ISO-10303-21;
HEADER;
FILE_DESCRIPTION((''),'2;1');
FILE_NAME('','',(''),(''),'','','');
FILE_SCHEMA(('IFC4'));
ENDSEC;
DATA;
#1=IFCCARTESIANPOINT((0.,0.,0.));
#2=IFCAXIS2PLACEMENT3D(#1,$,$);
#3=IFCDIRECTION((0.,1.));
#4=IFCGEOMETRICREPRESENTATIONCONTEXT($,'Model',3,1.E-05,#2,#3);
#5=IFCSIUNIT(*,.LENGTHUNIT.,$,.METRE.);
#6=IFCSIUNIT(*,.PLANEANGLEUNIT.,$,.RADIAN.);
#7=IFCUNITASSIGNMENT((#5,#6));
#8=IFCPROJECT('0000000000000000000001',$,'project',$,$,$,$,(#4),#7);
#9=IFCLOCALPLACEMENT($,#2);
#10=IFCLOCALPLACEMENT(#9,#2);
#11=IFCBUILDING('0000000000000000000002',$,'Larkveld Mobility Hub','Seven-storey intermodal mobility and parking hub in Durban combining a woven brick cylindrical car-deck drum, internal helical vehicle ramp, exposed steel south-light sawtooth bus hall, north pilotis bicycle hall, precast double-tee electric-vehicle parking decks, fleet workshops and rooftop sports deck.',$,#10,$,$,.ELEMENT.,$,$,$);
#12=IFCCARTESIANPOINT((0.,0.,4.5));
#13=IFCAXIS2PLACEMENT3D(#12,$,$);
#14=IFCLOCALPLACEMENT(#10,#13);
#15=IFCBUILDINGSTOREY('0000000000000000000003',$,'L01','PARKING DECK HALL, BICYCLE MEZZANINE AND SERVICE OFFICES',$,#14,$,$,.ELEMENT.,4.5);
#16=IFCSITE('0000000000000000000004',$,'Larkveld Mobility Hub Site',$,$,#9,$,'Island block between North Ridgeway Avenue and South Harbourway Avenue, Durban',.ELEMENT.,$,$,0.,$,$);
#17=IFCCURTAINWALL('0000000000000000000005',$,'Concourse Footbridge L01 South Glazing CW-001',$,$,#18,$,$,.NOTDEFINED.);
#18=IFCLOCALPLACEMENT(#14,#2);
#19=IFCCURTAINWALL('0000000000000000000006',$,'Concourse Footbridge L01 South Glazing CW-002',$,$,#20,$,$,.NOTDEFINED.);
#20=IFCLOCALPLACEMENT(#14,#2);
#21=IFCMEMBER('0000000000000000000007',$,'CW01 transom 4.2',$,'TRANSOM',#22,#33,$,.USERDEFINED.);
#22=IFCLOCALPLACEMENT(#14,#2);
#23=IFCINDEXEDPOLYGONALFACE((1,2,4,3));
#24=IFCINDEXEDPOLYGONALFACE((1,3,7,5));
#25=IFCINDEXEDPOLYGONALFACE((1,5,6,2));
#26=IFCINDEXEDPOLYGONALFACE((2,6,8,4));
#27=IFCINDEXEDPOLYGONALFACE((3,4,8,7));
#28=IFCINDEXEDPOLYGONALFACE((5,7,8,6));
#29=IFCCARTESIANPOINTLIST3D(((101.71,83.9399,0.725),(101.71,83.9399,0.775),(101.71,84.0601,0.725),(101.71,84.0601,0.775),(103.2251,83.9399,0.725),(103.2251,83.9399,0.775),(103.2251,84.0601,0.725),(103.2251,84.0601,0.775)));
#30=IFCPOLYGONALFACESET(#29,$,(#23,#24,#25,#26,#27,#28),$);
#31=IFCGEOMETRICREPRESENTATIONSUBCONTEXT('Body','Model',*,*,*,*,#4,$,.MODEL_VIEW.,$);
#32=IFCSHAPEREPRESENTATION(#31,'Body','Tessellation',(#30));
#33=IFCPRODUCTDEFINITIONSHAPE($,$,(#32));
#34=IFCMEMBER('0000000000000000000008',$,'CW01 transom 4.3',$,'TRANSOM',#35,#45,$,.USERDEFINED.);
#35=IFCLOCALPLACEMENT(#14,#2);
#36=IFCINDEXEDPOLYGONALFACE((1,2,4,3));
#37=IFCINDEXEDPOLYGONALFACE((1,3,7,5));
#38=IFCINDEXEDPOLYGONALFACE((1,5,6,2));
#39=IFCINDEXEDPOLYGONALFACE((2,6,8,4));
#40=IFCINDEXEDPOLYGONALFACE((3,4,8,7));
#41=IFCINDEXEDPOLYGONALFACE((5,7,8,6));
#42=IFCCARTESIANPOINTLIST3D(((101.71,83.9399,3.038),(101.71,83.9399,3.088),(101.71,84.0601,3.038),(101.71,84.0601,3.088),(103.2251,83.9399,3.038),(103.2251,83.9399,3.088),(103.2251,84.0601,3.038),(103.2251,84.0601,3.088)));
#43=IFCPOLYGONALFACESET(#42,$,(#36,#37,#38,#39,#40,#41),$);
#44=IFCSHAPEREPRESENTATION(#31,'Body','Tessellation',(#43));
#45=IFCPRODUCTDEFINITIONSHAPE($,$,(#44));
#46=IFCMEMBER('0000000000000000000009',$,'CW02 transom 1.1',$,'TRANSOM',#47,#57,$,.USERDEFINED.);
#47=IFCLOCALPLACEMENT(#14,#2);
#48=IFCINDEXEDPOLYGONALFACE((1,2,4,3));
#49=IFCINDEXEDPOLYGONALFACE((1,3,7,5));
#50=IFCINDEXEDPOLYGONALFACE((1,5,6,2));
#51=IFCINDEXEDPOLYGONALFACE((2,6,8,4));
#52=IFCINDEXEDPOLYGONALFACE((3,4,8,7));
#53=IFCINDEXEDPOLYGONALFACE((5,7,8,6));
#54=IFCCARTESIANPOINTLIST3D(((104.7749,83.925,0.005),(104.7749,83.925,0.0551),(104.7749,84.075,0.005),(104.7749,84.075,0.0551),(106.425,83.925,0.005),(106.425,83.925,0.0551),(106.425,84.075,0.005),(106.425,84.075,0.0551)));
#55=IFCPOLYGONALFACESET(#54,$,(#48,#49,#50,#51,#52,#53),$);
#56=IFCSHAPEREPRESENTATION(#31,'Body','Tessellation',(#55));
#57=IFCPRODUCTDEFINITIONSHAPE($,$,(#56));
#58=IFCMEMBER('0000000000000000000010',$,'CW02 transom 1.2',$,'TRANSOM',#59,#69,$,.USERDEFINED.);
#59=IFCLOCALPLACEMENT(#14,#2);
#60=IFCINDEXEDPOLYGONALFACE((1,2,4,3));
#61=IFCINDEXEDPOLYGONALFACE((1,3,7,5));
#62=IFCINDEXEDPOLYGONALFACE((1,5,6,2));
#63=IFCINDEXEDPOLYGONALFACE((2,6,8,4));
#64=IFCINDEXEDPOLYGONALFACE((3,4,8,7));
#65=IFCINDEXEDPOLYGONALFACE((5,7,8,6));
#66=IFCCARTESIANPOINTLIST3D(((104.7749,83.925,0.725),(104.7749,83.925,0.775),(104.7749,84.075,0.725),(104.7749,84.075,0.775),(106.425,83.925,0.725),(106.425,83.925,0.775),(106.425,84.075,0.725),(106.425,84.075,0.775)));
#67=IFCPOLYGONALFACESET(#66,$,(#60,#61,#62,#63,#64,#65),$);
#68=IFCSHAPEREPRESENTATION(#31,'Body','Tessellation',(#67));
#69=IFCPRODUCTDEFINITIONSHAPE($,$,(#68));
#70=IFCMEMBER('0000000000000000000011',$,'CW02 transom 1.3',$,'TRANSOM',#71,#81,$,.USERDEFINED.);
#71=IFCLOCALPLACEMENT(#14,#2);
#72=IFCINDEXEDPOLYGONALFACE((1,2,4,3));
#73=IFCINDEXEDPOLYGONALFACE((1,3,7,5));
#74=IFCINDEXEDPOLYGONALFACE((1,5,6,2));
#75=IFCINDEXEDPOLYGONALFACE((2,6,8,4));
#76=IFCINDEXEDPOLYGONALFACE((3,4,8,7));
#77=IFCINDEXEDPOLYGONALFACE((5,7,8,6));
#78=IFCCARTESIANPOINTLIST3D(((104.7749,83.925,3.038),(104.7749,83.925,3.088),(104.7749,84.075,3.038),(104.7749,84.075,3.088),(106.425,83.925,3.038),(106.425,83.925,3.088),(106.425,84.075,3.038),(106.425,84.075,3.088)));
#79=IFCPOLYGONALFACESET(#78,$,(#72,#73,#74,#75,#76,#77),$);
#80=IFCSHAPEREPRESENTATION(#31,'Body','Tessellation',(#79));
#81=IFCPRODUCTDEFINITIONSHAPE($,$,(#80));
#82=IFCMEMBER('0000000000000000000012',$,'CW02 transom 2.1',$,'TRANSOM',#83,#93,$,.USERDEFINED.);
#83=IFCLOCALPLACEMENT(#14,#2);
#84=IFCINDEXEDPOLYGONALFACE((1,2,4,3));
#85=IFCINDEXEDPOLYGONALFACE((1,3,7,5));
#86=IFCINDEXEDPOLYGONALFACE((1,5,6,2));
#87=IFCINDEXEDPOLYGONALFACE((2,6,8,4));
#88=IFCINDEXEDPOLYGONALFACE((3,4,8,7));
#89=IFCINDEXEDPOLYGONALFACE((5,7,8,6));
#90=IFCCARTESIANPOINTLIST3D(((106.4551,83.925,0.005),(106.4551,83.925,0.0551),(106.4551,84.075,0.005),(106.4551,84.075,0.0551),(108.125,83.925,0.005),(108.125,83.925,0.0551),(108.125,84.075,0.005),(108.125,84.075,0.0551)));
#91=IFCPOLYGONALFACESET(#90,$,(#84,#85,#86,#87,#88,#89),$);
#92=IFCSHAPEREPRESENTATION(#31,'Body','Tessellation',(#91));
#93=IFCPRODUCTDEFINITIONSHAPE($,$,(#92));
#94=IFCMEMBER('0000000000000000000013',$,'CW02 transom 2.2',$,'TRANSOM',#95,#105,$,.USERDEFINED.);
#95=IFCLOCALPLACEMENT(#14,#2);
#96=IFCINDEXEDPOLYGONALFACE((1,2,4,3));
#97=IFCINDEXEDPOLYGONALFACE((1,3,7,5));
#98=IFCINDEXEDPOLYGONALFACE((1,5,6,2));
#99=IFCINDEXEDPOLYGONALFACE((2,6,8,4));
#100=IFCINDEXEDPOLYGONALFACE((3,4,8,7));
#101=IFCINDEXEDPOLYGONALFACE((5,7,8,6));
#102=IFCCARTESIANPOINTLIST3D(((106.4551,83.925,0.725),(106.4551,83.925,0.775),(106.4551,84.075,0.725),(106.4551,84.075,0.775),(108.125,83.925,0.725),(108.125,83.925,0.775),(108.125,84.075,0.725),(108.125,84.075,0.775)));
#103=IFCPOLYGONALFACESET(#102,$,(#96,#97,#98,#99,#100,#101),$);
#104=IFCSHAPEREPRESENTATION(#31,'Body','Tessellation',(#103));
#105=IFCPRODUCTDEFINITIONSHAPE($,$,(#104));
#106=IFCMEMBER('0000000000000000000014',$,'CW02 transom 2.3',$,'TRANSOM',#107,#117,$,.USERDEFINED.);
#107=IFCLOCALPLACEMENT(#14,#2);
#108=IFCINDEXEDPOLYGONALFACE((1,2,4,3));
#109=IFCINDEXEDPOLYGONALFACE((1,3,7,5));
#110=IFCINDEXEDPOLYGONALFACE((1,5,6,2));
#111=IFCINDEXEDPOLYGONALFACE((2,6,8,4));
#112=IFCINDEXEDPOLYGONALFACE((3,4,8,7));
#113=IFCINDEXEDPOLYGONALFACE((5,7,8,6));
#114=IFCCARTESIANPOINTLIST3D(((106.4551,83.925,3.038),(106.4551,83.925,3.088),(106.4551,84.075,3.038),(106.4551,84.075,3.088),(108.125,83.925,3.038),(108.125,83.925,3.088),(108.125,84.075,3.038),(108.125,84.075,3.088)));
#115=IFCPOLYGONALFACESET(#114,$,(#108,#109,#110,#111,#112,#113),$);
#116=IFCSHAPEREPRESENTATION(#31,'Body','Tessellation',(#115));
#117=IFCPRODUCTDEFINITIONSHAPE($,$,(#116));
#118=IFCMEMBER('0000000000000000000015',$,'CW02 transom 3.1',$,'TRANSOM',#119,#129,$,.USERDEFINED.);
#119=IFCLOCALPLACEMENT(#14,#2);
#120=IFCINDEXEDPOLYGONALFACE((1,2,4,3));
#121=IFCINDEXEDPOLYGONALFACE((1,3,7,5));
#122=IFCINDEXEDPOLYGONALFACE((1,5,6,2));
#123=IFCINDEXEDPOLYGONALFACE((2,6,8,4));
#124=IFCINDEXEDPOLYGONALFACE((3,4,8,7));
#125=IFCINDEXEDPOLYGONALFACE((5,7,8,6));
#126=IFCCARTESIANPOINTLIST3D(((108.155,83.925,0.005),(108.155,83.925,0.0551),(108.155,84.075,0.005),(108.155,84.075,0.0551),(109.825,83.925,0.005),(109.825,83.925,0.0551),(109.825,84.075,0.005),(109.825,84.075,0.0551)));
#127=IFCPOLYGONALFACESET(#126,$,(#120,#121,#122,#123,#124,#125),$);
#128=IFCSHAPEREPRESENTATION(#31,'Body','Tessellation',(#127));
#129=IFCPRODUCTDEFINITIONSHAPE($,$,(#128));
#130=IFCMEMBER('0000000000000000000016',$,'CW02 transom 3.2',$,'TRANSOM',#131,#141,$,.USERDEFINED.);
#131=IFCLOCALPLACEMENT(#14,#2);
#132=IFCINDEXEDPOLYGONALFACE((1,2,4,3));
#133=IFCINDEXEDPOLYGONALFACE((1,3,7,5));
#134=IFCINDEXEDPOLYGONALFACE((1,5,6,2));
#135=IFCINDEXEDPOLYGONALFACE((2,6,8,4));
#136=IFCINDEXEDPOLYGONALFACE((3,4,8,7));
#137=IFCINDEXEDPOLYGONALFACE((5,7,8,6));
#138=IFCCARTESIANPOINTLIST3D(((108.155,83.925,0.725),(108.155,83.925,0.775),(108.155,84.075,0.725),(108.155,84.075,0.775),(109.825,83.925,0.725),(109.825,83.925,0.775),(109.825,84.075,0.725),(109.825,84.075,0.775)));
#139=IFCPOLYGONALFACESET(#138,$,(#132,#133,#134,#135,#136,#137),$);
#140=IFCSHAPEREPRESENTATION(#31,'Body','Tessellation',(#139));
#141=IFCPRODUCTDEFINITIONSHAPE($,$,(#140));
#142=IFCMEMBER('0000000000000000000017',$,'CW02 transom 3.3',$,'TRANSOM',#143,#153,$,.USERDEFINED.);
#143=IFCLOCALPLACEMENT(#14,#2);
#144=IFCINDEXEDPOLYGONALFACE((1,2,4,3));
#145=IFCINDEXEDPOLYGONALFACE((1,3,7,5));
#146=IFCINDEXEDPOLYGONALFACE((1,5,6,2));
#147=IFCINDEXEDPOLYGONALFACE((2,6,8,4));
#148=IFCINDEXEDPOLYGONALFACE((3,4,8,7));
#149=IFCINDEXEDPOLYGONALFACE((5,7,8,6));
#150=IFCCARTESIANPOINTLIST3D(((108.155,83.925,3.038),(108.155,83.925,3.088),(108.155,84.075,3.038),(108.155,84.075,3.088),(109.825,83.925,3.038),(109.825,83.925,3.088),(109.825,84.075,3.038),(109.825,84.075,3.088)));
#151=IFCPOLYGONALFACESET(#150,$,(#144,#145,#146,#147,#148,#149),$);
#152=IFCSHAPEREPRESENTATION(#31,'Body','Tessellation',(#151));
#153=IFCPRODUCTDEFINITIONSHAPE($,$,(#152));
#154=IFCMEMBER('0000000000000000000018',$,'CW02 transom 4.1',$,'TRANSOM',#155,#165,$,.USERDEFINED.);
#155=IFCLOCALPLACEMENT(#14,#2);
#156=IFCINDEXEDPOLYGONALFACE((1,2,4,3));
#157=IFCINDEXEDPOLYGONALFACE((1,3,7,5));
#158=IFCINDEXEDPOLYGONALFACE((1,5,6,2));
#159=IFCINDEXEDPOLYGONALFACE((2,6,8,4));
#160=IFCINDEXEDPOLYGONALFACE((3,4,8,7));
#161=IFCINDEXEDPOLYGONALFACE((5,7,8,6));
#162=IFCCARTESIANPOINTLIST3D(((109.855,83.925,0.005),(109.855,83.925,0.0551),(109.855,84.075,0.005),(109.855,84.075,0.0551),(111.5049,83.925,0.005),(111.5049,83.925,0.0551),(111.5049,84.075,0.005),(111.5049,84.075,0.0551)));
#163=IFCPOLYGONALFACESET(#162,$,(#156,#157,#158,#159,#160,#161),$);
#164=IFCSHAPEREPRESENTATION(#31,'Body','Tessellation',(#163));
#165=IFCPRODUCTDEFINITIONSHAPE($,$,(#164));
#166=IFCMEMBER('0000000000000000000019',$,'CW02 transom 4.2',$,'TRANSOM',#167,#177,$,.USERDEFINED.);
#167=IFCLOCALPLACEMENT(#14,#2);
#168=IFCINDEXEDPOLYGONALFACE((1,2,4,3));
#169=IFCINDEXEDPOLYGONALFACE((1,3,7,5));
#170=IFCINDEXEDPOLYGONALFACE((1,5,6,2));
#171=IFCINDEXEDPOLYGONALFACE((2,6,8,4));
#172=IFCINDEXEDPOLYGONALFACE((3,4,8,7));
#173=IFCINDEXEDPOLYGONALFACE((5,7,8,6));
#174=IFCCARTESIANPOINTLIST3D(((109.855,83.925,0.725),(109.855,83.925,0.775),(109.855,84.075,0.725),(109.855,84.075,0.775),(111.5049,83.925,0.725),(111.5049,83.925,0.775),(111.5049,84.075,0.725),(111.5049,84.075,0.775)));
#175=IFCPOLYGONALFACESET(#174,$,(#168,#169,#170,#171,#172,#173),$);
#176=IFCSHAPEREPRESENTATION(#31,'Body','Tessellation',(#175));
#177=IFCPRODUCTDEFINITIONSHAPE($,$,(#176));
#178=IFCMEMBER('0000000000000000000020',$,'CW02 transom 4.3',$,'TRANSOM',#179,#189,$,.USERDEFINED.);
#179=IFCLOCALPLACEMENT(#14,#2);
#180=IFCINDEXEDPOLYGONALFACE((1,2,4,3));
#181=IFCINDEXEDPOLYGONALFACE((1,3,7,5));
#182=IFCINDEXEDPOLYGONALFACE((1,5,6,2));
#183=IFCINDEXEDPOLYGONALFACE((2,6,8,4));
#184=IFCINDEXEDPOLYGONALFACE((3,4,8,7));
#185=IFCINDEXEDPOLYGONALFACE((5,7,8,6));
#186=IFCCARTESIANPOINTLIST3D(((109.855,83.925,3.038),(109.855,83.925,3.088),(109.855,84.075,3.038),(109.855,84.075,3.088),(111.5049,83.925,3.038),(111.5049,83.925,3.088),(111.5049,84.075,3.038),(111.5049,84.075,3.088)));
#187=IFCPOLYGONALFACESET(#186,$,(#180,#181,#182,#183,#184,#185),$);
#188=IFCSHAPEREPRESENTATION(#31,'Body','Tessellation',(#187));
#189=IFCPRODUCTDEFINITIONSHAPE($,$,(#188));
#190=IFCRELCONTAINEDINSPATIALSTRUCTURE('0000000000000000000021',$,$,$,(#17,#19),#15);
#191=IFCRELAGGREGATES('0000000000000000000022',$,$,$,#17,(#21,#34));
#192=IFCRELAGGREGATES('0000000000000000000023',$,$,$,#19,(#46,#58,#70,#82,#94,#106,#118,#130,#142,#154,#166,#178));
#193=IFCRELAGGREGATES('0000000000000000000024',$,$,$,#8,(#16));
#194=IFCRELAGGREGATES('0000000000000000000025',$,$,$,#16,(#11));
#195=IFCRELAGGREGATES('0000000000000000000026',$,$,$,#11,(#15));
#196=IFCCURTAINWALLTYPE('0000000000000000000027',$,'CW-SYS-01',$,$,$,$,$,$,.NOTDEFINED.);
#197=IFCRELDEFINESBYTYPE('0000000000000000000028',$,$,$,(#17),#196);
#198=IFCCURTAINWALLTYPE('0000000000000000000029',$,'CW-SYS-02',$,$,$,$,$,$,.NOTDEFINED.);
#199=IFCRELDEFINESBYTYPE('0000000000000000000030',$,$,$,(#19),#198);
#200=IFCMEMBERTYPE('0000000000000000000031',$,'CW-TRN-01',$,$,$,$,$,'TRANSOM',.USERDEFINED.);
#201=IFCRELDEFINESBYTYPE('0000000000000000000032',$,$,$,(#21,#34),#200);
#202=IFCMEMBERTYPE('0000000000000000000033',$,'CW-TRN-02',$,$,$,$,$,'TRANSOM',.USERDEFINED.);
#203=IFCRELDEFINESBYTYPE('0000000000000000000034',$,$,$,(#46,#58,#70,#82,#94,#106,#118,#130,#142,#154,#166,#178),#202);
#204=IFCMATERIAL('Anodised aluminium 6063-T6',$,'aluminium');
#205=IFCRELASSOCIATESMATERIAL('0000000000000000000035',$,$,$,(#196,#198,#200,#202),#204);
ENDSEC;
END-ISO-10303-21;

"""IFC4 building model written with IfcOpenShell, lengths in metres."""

from ifc_helpers import new_model, si_unit, direction, frame, origin, origin_2d, place, context, subcontext, project, spatial, rectangle, extrude, material, material_profile, profile_set, type_object, element, aggregate, save


model = new_model("IFC4")

# Units and contexts
model_context = context("Model", 3, precision=1e-05, world=origin(), true_north=direction((0.0, 1.0)))
body_context = subcontext(model_context, "Body", "Model", "MODEL_VIEW")
ifc_project = project(units=[si_unit("LENGTHUNIT", "METRE"), si_unit("PLANEANGLEUNIT", "RADIAN")], contexts=[model_context])

# Site, building, storey
site_placement = place(None, origin())
site = spatial("IfcSite", under=ifc_project, at=site_placement, Name="Larkveld Mobility Hub Site", LongName="Island block between North Ridgeway Avenue and South Harbourway Avenue, Durban", CompositionType="ELEMENT", RefElevation=0.0)
building_placement = place(site_placement, origin())
building = spatial("IfcBuilding", under=site, at=building_placement, Name="Larkveld Mobility Hub", Description="Seven-storey intermodal mobility and parking hub in Durban combining a woven brick cylindrical car-deck drum, internal helical vehicle ramp, exposed steel south-light sawtooth bus hall, north pilotis bicycle hall, precast double-tee electric-vehicle parking decks, fleet workshops and rooftop sports deck.", CompositionType="ELEMENT")
storey_placement = place(building_placement, frame((0.0, 0.0, 4.5)))
storey = spatial("IfcBuildingStorey", under=building, at=storey_placement, Name="L01", Description="PARKING DECK HALL, BICYCLE MEZZANINE AND SERVICE OFFICES", CompositionType="ELEMENT", Elevation=4.5)

# Curtain wall
ifc_material_1 = material(Name="Anodised aluminium 6063-T6", Category="aluminium")
curtain_wall_type_1 = type_object("IfcCurtainWallType", Name="CW-SYS-01", PredefinedType="NOTDEFINED", material=ifc_material_1)
curtain_wall_1_placement = place(storey_placement, origin())
curtain_wall_1 = element("IfcCurtainWall", 1, at=curtain_wall_1_placement, inside=storey, type_object=curtain_wall_type_1, Name="Concourse Footbridge L01 South Glazing CW-001", PredefinedType="NOTDEFINED")

# Curtain wall
curtain_wall_type_2 = type_object("IfcCurtainWallType", Name="CW-SYS-02", PredefinedType="NOTDEFINED", material=ifc_material_1)
curtain_wall_2_placement = place(storey_placement, origin())
curtain_wall_2 = element("IfcCurtainWall", 2, at=curtain_wall_2_placement, inside=storey, type_object=curtain_wall_type_2, Name="Concourse Footbridge L01 South Glazing CW-002", PredefinedType="NOTDEFINED")

# Members
ifc_material_profile_1 = material_profile(ifc_material_1, rectangle(XDim=0.1201, YDim=0.05, at=origin_2d()), Name="ALU TRAN 50x120")
ifc_profile_set_1 = profile_set([ifc_material_profile_1], Name="Anodised aluminium 6063-T6")
member_type_1 = type_object("IfcMemberType", Name="CW-TRN-01", ElementType="TRANSOM", PredefinedType="USERDEFINED", material=ifc_profile_set_1)
member_1_placement = place(storey_placement, frame((101.71, 84.0, 0.75), z_axis=(1.0, 0.0, 0.0), x_axis=(0.0, 1.0, 0.0)))
member_1 = element("IfcMember", 3, at=member_1_placement, type_object=member_type_1, Name="CW01 transom 4.2", ObjectType="TRANSOM", PredefinedType="USERDEFINED", context=body_context, shape_type="SweptSolid", body=[
    extrude(rectangle(XDim=0.1201, YDim=0.05, at=origin_2d()), origin(), (0.0, 0.0, 1.0), 1.5151),
])
member_2_placement = place(storey_placement, frame((101.71, 84.0, 3.063), z_axis=(1.0, 0.0, 0.0), x_axis=(0.0, 1.0, 0.0)))
member_2 = element("IfcMember", 4, at=member_2_placement, type_object=member_type_1, Name="CW01 transom 4.3", ObjectType="TRANSOM", PredefinedType="USERDEFINED", context=body_context, shape_type="SweptSolid", body=[
    extrude(rectangle(XDim=0.1201, YDim=0.05, at=origin_2d()), origin(), (0.0, 0.0, 1.0), 1.5151),
])
ifc_material_profile_2 = material_profile(ifc_material_1, rectangle(XDim=0.1499, YDim=0.05, at=origin_2d()), Name="ALU TRAN 50x150")
ifc_profile_set_2 = profile_set([ifc_material_profile_2], Name="Anodised aluminium 6063-T6")
member_type_2 = type_object("IfcMemberType", Name="CW-TRN-02", ElementType="TRANSOM", PredefinedType="USERDEFINED", material=ifc_profile_set_2)
member_3_placement = place(storey_placement, frame((104.7749, 84.0, 0.03), z_axis=(1.0, 0.0, 0.0), x_axis=(0.0, 1.0, 0.0)))
member_3 = element("IfcMember", 5, at=member_3_placement, type_object=member_type_2, Name="CW02 transom 1.1", ObjectType="TRANSOM", PredefinedType="USERDEFINED", context=body_context, shape_type="SweptSolid", body=[
    extrude(rectangle(XDim=0.1499, YDim=0.05, at=origin_2d()), origin(), (0.0, 0.0, 1.0), 1.6501),
])
member_4_placement = place(storey_placement, frame((104.7749, 84.0, 0.75), z_axis=(1.0, 0.0, 0.0), x_axis=(0.0, 1.0, 0.0)))
member_4 = element("IfcMember", 6, at=member_4_placement, type_object=member_type_2, Name="CW02 transom 1.2", ObjectType="TRANSOM", PredefinedType="USERDEFINED", context=body_context, shape_type="SweptSolid", body=[
    extrude(rectangle(XDim=0.1499, YDim=0.05, at=origin_2d()), origin(), (0.0, 0.0, 1.0), 1.6501),
])
member_5_placement = place(storey_placement, frame((104.7749, 84.0, 3.063), z_axis=(1.0, 0.0, 0.0), x_axis=(0.0, 1.0, 0.0)))
member_5 = element("IfcMember", 7, at=member_5_placement, type_object=member_type_2, Name="CW02 transom 1.3", ObjectType="TRANSOM", PredefinedType="USERDEFINED", context=body_context, shape_type="SweptSolid", body=[
    extrude(rectangle(XDim=0.1499, YDim=0.05, at=origin_2d()), origin(), (0.0, 0.0, 1.0), 1.6501),
])
member_6_placement = place(storey_placement, frame((106.4551, 84.0, 0.03), z_axis=(1.0, 0.0, 0.0), x_axis=(0.0, 1.0, 0.0)))
member_6 = element("IfcMember", 8, at=member_6_placement, type_object=member_type_2, Name="CW02 transom 2.1", ObjectType="TRANSOM", PredefinedType="USERDEFINED", context=body_context, shape_type="SweptSolid", body=[
    extrude(rectangle(XDim=0.1499, YDim=0.05, at=origin_2d()), origin(), (0.0, 0.0, 1.0), 1.6699),
])
member_7_placement = place(storey_placement, frame((106.4551, 84.0, 0.75), z_axis=(1.0, 0.0, 0.0), x_axis=(0.0, 1.0, 0.0)))
member_7 = element("IfcMember", 9, at=member_7_placement, type_object=member_type_2, Name="CW02 transom 2.2", ObjectType="TRANSOM", PredefinedType="USERDEFINED", context=body_context, shape_type="SweptSolid", body=[
    extrude(rectangle(XDim=0.1499, YDim=0.05, at=origin_2d()), origin(), (0.0, 0.0, 1.0), 1.6699),
])
member_8_placement = place(storey_placement, frame((106.4551, 84.0, 3.063), z_axis=(1.0, 0.0, 0.0), x_axis=(0.0, 1.0, 0.0)))
member_8 = element("IfcMember", 10, at=member_8_placement, type_object=member_type_2, Name="CW02 transom 2.3", ObjectType="TRANSOM", PredefinedType="USERDEFINED", context=body_context, shape_type="SweptSolid", body=[
    extrude(rectangle(XDim=0.1499, YDim=0.05, at=origin_2d()), origin(), (0.0, 0.0, 1.0), 1.6699),
])
member_9_placement = place(storey_placement, frame((108.155, 84.0, 0.03), z_axis=(1.0, 0.0, 0.0), x_axis=(0.0, 1.0, 0.0)))
member_9 = element("IfcMember", 11, at=member_9_placement, type_object=member_type_2, Name="CW02 transom 3.1", ObjectType="TRANSOM", PredefinedType="USERDEFINED", context=body_context, shape_type="SweptSolid", body=[
    extrude(rectangle(XDim=0.1499, YDim=0.05, at=origin_2d()), origin(), (0.0, 0.0, 1.0), 1.6699),
])
member_10_placement = place(storey_placement, frame((108.155, 84.0, 0.75), z_axis=(1.0, 0.0, 0.0), x_axis=(0.0, 1.0, 0.0)))
member_10 = element("IfcMember", 12, at=member_10_placement, type_object=member_type_2, Name="CW02 transom 3.2", ObjectType="TRANSOM", PredefinedType="USERDEFINED", context=body_context, shape_type="SweptSolid", body=[
    extrude(rectangle(XDim=0.1499, YDim=0.05, at=origin_2d()), origin(), (0.0, 0.0, 1.0), 1.6699),
])
member_11_placement = place(storey_placement, frame((108.155, 84.0, 3.063), z_axis=(1.0, 0.0, 0.0), x_axis=(0.0, 1.0, 0.0)))
member_11 = element("IfcMember", 13, at=member_11_placement, type_object=member_type_2, Name="CW02 transom 3.3", ObjectType="TRANSOM", PredefinedType="USERDEFINED", context=body_context, shape_type="SweptSolid", body=[
    extrude(rectangle(XDim=0.1499, YDim=0.05, at=origin_2d()), origin(), (0.0, 0.0, 1.0), 1.6699),
])
member_12_placement = place(storey_placement, frame((109.855, 84.0, 0.03), z_axis=(1.0, 0.0, 0.0), x_axis=(0.0, 1.0, 0.0)))
member_12 = element("IfcMember", 14, at=member_12_placement, type_object=member_type_2, Name="CW02 transom 4.1", ObjectType="TRANSOM", PredefinedType="USERDEFINED", context=body_context, shape_type="SweptSolid", body=[
    extrude(rectangle(XDim=0.1499, YDim=0.05, at=origin_2d()), origin(), (0.0, 0.0, 1.0), 1.6499),
])
member_13_placement = place(storey_placement, frame((109.855, 84.0, 0.75), z_axis=(1.0, 0.0, 0.0), x_axis=(0.0, 1.0, 0.0)))
member_13 = element("IfcMember", 15, at=member_13_placement, type_object=member_type_2, Name="CW02 transom 4.2", ObjectType="TRANSOM", PredefinedType="USERDEFINED", context=body_context, shape_type="SweptSolid", body=[
    extrude(rectangle(XDim=0.1499, YDim=0.05, at=origin_2d()), origin(), (0.0, 0.0, 1.0), 1.6499),
])
member_14_placement = place(storey_placement, frame((109.855, 84.0, 3.063), z_axis=(1.0, 0.0, 0.0), x_axis=(0.0, 1.0, 0.0)))
member_14 = element("IfcMember", 16, at=member_14_placement, type_object=member_type_2, Name="CW02 transom 4.3", ObjectType="TRANSOM", PredefinedType="USERDEFINED", context=body_context, shape_type="SweptSolid", body=[
    extrude(rectangle(XDim=0.1499, YDim=0.05, at=origin_2d()), origin(), (0.0, 0.0, 1.0), 1.6499),
])

aggregate(curtain_wall_1, [member_1, member_2])
aggregate(curtain_wall_2, [member_3, member_4, member_5, member_6, member_7, member_8, member_9, member_10, member_11, member_12, member_13, member_14])

save(model, "model.ifc")
